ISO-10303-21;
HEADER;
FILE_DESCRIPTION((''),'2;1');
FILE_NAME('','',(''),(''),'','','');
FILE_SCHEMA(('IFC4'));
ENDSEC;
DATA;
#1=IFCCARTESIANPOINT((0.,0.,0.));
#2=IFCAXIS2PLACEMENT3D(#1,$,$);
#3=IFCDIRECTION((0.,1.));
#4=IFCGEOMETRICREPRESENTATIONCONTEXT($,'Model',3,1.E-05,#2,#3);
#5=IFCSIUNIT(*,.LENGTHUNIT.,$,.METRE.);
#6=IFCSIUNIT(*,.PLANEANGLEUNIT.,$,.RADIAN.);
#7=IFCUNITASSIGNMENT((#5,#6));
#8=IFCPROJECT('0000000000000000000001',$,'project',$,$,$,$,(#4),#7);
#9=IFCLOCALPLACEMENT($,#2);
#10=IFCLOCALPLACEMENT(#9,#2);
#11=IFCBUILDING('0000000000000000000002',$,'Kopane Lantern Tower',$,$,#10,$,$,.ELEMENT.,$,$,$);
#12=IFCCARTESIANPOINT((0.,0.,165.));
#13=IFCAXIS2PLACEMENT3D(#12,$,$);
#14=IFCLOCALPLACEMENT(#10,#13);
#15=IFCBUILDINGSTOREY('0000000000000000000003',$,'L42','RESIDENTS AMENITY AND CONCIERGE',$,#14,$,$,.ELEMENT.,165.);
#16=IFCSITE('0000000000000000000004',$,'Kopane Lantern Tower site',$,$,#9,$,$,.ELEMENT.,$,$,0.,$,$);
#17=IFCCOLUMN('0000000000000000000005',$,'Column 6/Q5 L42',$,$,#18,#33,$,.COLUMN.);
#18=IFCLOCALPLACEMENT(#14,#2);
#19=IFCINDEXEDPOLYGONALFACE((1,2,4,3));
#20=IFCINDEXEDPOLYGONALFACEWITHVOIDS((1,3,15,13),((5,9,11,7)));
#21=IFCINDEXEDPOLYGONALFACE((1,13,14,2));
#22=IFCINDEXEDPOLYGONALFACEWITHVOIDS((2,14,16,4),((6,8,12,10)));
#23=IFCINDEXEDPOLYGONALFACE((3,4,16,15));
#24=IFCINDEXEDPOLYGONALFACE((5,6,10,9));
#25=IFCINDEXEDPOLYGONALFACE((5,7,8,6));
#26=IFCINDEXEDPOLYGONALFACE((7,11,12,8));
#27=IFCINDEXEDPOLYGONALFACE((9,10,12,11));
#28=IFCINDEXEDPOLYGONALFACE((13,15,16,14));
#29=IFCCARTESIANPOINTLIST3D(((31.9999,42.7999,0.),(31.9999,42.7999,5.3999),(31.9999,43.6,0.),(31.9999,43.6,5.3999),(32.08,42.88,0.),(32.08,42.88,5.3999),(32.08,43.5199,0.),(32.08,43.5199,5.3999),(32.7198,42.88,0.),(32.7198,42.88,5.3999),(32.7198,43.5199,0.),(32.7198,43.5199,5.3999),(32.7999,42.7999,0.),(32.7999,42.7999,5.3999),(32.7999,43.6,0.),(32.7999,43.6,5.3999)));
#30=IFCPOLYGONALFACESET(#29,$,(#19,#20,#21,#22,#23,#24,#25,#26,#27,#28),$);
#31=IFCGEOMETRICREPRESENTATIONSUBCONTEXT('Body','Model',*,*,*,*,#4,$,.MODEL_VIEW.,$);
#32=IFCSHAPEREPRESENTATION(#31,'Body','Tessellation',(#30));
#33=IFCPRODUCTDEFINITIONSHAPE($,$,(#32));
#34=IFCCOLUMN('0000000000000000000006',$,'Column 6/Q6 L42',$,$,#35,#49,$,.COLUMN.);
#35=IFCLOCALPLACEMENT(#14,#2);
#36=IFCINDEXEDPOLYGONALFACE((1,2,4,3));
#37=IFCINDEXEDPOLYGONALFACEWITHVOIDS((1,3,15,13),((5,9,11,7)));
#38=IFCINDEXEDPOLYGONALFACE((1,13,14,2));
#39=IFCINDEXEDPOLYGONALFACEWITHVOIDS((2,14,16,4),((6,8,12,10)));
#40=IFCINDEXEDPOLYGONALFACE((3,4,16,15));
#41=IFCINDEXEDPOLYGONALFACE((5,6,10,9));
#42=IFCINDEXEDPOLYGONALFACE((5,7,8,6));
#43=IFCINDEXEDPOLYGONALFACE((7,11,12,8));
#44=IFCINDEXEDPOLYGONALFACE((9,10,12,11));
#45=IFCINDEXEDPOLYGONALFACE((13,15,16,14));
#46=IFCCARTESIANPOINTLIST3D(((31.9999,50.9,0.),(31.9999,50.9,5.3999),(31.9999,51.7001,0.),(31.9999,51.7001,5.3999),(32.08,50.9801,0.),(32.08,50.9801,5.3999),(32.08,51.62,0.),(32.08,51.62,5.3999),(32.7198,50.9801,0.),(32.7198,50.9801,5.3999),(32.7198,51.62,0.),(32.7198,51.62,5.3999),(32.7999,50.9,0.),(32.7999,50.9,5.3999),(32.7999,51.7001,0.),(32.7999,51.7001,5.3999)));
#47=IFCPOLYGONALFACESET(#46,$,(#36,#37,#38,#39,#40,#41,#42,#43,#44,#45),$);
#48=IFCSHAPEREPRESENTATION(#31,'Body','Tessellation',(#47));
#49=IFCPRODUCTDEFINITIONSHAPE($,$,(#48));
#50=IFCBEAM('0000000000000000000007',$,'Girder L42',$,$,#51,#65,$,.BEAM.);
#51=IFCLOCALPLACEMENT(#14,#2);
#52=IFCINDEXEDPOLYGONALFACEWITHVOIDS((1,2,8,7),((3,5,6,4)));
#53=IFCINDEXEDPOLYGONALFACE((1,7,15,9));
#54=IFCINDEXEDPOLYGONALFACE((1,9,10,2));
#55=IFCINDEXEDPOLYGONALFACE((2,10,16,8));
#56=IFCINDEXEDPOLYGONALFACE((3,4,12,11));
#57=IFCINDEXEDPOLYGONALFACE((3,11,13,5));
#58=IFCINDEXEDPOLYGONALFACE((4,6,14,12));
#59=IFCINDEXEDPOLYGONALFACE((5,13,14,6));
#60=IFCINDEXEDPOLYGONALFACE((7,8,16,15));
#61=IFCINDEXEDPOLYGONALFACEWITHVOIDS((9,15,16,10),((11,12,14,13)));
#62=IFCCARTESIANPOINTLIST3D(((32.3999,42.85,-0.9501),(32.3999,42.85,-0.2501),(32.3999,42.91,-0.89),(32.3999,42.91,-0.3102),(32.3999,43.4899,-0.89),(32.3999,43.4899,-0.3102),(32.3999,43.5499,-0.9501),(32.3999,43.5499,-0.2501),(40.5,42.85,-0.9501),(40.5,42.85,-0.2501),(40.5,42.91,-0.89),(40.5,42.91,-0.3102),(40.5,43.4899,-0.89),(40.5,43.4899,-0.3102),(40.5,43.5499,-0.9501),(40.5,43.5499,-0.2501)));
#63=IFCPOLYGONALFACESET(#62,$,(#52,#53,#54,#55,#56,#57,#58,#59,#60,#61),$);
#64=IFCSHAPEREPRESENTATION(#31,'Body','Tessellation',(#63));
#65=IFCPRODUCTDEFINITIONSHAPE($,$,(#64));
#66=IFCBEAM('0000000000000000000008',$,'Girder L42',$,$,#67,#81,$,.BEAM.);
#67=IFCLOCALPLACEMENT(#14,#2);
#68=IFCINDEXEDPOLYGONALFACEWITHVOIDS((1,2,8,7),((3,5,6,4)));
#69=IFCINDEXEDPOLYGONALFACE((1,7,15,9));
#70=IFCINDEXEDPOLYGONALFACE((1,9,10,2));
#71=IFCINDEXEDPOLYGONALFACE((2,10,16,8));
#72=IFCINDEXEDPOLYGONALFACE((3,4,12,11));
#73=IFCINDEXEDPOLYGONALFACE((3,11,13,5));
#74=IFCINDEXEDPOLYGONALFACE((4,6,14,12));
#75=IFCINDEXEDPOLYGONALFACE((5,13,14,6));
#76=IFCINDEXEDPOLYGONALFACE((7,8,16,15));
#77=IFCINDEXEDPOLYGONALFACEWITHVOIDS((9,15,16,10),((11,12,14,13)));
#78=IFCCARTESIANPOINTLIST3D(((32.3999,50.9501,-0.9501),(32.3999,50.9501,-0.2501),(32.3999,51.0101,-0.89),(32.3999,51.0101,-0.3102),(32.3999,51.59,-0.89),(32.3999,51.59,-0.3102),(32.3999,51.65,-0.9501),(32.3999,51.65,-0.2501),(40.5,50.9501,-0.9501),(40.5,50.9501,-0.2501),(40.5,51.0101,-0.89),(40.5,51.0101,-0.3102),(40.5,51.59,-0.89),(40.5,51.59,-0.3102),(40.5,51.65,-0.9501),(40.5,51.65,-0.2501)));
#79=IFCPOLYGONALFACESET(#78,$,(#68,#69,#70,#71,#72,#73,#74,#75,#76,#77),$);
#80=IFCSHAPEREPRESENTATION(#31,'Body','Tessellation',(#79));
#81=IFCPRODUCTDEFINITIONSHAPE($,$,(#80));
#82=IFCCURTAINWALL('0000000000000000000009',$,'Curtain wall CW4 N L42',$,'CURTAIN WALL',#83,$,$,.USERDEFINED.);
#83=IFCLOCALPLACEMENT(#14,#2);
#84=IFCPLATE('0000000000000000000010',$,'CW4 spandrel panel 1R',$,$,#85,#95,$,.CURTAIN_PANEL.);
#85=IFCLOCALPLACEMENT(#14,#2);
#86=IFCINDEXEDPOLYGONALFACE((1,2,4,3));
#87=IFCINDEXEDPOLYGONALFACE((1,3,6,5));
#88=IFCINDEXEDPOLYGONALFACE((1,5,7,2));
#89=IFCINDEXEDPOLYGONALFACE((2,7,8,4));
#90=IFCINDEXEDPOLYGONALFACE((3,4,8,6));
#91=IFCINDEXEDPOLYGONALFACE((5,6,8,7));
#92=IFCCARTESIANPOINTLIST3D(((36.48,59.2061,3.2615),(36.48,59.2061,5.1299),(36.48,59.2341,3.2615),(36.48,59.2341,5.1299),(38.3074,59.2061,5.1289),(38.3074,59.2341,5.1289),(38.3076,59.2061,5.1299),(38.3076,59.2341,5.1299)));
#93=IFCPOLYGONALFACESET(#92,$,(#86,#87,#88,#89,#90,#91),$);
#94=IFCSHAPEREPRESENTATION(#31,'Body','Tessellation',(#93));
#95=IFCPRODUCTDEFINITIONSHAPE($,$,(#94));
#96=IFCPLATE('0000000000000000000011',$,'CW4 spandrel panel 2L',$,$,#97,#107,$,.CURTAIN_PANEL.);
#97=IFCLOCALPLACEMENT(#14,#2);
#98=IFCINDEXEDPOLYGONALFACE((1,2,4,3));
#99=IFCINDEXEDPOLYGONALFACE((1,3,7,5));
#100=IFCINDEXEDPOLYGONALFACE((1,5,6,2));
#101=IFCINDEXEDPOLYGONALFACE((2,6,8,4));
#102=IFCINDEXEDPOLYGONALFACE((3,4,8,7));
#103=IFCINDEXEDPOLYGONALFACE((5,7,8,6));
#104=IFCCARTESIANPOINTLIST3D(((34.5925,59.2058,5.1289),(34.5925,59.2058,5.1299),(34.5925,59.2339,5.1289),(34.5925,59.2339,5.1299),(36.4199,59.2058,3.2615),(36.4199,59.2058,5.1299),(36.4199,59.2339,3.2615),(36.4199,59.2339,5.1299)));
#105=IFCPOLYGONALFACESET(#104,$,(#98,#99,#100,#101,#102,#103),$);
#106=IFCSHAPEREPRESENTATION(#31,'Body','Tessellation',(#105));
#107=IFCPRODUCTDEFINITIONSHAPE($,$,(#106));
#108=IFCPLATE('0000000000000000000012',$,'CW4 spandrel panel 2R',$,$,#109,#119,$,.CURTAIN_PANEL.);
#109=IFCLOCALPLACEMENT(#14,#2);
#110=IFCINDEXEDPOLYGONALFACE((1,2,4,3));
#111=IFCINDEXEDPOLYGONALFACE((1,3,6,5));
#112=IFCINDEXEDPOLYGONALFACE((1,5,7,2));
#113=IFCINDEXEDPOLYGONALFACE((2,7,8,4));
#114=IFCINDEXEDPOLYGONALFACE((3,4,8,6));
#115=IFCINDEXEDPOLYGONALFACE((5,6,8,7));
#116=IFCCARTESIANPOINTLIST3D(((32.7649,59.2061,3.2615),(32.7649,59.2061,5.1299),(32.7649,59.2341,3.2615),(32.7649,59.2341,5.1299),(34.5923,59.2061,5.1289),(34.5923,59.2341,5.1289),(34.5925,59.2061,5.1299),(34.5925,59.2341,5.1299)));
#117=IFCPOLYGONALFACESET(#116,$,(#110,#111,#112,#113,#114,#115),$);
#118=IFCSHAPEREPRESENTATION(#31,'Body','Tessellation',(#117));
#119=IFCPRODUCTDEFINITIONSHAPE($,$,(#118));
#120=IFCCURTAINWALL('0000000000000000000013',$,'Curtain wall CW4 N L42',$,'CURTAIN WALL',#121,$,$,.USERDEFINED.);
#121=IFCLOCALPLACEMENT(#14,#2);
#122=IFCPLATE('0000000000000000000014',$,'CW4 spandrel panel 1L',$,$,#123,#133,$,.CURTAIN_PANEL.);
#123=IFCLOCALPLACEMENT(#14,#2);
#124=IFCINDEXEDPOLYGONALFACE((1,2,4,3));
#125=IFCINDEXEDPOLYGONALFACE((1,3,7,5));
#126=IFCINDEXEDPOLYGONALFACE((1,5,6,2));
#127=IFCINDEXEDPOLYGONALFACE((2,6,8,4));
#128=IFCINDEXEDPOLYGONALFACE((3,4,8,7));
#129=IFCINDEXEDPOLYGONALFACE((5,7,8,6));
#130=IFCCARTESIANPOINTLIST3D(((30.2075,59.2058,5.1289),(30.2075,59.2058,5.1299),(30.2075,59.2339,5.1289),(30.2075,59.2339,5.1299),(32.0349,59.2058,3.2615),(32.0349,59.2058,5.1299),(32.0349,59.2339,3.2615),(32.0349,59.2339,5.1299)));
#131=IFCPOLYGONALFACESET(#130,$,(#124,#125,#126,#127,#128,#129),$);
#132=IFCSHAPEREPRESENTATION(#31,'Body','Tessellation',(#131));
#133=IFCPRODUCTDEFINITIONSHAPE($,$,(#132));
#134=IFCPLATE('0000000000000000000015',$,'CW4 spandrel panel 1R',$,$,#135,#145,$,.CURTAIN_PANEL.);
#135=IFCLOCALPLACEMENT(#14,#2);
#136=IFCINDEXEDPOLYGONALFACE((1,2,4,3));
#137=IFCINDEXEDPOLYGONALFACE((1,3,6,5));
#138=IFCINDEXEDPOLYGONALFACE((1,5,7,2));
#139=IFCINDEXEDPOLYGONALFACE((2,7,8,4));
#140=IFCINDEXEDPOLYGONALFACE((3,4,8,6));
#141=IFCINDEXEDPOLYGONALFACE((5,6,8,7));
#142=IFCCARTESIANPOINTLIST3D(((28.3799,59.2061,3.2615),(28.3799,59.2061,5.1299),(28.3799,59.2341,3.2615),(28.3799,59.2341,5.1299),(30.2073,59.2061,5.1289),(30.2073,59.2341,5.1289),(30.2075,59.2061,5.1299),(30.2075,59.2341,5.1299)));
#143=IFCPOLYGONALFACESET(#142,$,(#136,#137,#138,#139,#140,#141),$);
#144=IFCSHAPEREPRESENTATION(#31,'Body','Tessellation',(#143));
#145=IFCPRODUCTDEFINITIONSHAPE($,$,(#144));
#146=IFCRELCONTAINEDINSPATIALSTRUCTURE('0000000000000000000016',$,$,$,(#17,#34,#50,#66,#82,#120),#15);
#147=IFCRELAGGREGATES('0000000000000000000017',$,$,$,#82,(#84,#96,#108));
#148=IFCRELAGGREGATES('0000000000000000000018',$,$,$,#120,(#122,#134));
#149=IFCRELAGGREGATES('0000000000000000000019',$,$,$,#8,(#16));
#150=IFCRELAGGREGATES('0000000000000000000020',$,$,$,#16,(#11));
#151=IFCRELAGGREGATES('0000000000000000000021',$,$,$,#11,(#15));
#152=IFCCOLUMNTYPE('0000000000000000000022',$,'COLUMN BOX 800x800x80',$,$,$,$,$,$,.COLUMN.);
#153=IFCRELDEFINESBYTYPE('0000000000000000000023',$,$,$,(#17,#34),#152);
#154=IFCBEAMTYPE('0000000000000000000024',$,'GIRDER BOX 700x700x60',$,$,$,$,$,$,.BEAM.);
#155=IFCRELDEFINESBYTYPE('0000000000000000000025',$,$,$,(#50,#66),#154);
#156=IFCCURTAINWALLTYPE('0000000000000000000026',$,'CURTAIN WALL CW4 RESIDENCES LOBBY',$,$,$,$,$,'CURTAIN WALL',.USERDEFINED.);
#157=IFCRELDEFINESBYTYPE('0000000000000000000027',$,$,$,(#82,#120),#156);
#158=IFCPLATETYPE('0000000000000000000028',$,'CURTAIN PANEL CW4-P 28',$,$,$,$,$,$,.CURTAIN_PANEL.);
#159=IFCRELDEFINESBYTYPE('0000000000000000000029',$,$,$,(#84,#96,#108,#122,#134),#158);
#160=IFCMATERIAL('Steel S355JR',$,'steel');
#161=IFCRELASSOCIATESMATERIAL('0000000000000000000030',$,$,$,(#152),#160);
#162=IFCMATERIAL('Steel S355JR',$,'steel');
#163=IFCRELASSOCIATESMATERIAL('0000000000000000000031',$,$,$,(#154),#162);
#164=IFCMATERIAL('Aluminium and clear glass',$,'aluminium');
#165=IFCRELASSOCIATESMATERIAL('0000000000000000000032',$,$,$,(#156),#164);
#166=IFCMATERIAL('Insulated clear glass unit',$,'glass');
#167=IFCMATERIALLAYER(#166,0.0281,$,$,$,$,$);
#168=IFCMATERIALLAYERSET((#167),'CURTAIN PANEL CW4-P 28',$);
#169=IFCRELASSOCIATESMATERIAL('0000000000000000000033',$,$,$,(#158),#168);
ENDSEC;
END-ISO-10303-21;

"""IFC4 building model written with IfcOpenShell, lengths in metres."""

from ifc_helpers import new_model, si_unit, direction, frame, origin, origin_2d, place, context, subcontext, project, spatial, polyline, hollow_rectangle, outline, extrude, material, layer, layer_set, material_profile, profile_set, type_object, element, aggregate, save


model = new_model("IFC4")

# Units and contexts
model_context = context("Model", 3, precision=1e-05, world=origin(), true_north=direction((0.0, 1.0)))
body_context = subcontext(model_context, "Body", "Model", "MODEL_VIEW")
ifc_project = project(units=[si_unit("LENGTHUNIT", "METRE"), si_unit("PLANEANGLEUNIT", "RADIAN")], contexts=[model_context])

# Site, building, storey
site_placement = place(None, origin())
site = spatial("IfcSite", under=ifc_project, at=site_placement, Name="Kopane Lantern Tower site", CompositionType="ELEMENT", RefElevation=0.0)
building_placement = place(site_placement, origin())
building = spatial("IfcBuilding", under=site, at=building_placement, Name="Kopane Lantern Tower", CompositionType="ELEMENT")
storey_placement = place(building_placement, frame((0.0, 0.0, 165.0)))
storey = spatial("IfcBuildingStorey", under=building, at=storey_placement, Name="L42", Description="RESIDENTS AMENITY AND CONCIERGE", CompositionType="ELEMENT", Elevation=165.0)

# Columns
ifc_material_1 = material(Name="Steel S355JR", Category="steel")
ifc_material_profile_1 = material_profile(ifc_material_1, hollow_rectangle(XDim=0.8, YDim=0.8, WallThickness=0.0801, at=origin_2d()), Name="BOX 800x800x80")
ifc_profile_set_1 = profile_set([ifc_material_profile_1], Name="Steel S355JR")
column_type = type_object("IfcColumnType", Name="COLUMN BOX 800x800x80", PredefinedType="COLUMN", material=ifc_profile_set_1)
for number, where, z_axis, x_axis, name in (
    (1, (32.3999, 43.2, 0.0), (0.0, 0.0, 1.0), (1.0, 0.0, 0.0), "Column 6/Q5 L42"),
    (2, (32.3999, 51.3, 0.0), (0.0, 0.0, 1.0), (1.0, 0.0, 0.0), "Column 6/Q6 L42"),
):
    element("IfcColumn", number, at=place(storey_placement, frame(where, z_axis=z_axis, x_axis=x_axis)), inside=storey, type_object=column_type, Name=name, PredefinedType="COLUMN", context=body_context, shape_type="SweptSolid", body=[
        extrude(hollow_rectangle(XDim=0.8, YDim=0.8, WallThickness=0.0801, at=origin_2d()), origin(), (0.0, 0.0, 1.0), 5.3999),
    ])

# Beams
ifc_material_2 = material(Name="Steel S355JR", Category="steel")
ifc_material_profile_2 = material_profile(ifc_material_2, hollow_rectangle(XDim=0.7, YDim=0.7, WallThickness=0.0601, at=origin_2d()), Name="BOX 700x700x60")
ifc_profile_set_2 = profile_set([ifc_material_profile_2], Name="Steel S355JR")
beam_type = type_object("IfcBeamType", Name="GIRDER BOX 700x700x60", PredefinedType="BEAM", material=ifc_profile_set_2)
for number, where, z_axis, x_axis, name in (
    (3, (32.3999, 43.2, -0.6001), (1.0, 0.0, 0.0), (0.0, 1.0, 0.0), "Girder L42"),
    (4, (32.3999, 51.3, -0.6001), (1.0, 0.0, 0.0), (0.0, 1.0, 0.0), "Girder L42"),
):
    element("IfcBeam", number, at=place(storey_placement, frame(where, z_axis=z_axis, x_axis=x_axis)), inside=storey, type_object=beam_type, Name=name, PredefinedType="BEAM", context=body_context, shape_type="SweptSolid", body=[
        extrude(hollow_rectangle(XDim=0.7, YDim=0.7, WallThickness=0.0601, at=origin_2d()), origin(), (0.0, 0.0, 1.0), 8.1001),
    ])

# Curtain walls, plates
ifc_material_3 = material(Name="Aluminium and clear glass", Category="aluminium")
curtain_wall_type = type_object("IfcCurtainWallType", Name="CURTAIN WALL CW4 RESIDENCES LOBBY", ElementType="CURTAIN WALL", PredefinedType="USERDEFINED", material=ifc_material_3)
curtain_wall_1_placement = place(storey_placement, origin())
curtain_wall_1 = element("IfcCurtainWall", 5, at=curtain_wall_1_placement, inside=storey, type_object=curtain_wall_type, Name="Curtain wall CW4 N L42", ObjectType="CURTAIN WALL", PredefinedType="USERDEFINED")
ifc_material_4 = material(Name="Insulated clear glass unit", Category="glass")
ifc_layer_1 = layer(ifc_material_4, 0.0281)
ifc_layer_set_1 = layer_set([ifc_layer_1], Name="CURTAIN PANEL CW4-P 28")
plate_type = type_object("IfcPlateType", Name="CURTAIN PANEL CW4-P 28", PredefinedType="CURTAIN_PANEL", material=ifc_layer_set_1)
plate_1_placement = place(storey_placement, frame((36.48, 59.22, 5.1299), z_axis=(0.0, 0.0, 1.0), x_axis=(1.0, 0.0, 0.0)))
plate_1 = element("IfcPlate", 6, at=plate_1_placement, type_object=plate_type, Name="CW4 spandrel panel 1R", PredefinedType="CURTAIN_PANEL", context=body_context, shape_type="SweptSolid", body=[
    extrude(outline(polyline([(0.0, 0.0), (1.8276, 0.0), (1.8274, -0.001), (0.0, -1.8684), (0.0, 0.0)])), frame((0.0, 0.0142, 0.0), z_axis=(0.0, -1.0, 0.0), x_axis=(1.0, 0.0, 0.0)), (0.0, 0.0, 1.0), 0.0281),
])
plate_2_placement = place(storey_placement, frame((36.4199, 59.22, 5.1299), z_axis=(0.0, 0.0, 1.0), x_axis=(-1.0, 0.0, 0.0)))
plate_2 = element("IfcPlate", 7, at=plate_2_placement, type_object=plate_type, Name="CW4 spandrel panel 2L", PredefinedType="CURTAIN_PANEL", context=body_context, shape_type="SweptSolid", body=[
    extrude(outline(polyline([(0.0, 0.0), (1.8274, 0.0), (1.8274, -0.001), (0.0, -1.8684), (0.0, 0.0)])), frame((0.0, 0.0142, 0.0), z_axis=(0.0, -1.0, 0.0), x_axis=(1.0, 0.0, 0.0)), (0.0, 0.0, 1.0), 0.0281),
])
plate_3_placement = place(storey_placement, frame((32.7649, 59.22, 5.1299), z_axis=(0.0, 0.0, 1.0), x_axis=(1.0, 0.0, 0.0)))
plate_3 = element("IfcPlate", 8, at=plate_3_placement, type_object=plate_type, Name="CW4 spandrel panel 2R", PredefinedType="CURTAIN_PANEL", context=body_context, shape_type="SweptSolid", body=[
    extrude(outline(polyline([(0.0, 0.0), (1.8276, 0.0), (1.8274, -0.001), (0.0, -1.8684), (0.0, 0.0)])), frame((0.0, 0.0142, 0.0), z_axis=(0.0, -1.0, 0.0), x_axis=(1.0, 0.0, 0.0)), (0.0, 0.0, 1.0), 0.0281),
])
aggregate(curtain_wall_1, [plate_1, plate_2, plate_3])
curtain_wall_2_placement = place(storey_placement, origin())
curtain_wall_2 = element("IfcCurtainWall", 9, at=curtain_wall_2_placement, inside=storey, type_object=curtain_wall_type, Name="Curtain wall CW4 N L42", ObjectType="CURTAIN WALL", PredefinedType="USERDEFINED")
plate_4_placement = place(storey_placement, frame((32.0349, 59.22, 5.1299), z_axis=(0.0, 0.0, 1.0), x_axis=(-1.0, 0.0, 0.0)))
plate_4 = element("IfcPlate", 10, at=plate_4_placement, type_object=plate_type, Name="CW4 spandrel panel 1L", PredefinedType="CURTAIN_PANEL", context=body_context, shape_type="SweptSolid", body=[
    extrude(outline(polyline([(0.0, 0.0), (1.8274, 0.0), (1.8274, -0.001), (0.0, -1.8684), (0.0, 0.0)])), frame((0.0, 0.0142, 0.0), z_axis=(0.0, -1.0, 0.0), x_axis=(1.0, 0.0, 0.0)), (0.0, 0.0, 1.0), 0.0281),
])
plate_5_placement = place(storey_placement, frame((28.3799, 59.22, 5.1299), z_axis=(0.0, 0.0, 1.0), x_axis=(1.0, 0.0, 0.0)))
plate_5 = element("IfcPlate", 11, at=plate_5_placement, type_object=plate_type, Name="CW4 spandrel panel 1R", PredefinedType="CURTAIN_PANEL", context=body_context, shape_type="SweptSolid", body=[
    extrude(outline(polyline([(0.0, 0.0), (1.8276, 0.0), (1.8274, -0.001), (0.0, -1.8684), (0.0, 0.0)])), frame((0.0, 0.0142, 0.0), z_axis=(0.0, -1.0, 0.0), x_axis=(1.0, 0.0, 0.0)), (0.0, 0.0, 1.0), 0.0281),
])
aggregate(curtain_wall_2, [plate_4, plate_5])

save(model, "model.ifc")
